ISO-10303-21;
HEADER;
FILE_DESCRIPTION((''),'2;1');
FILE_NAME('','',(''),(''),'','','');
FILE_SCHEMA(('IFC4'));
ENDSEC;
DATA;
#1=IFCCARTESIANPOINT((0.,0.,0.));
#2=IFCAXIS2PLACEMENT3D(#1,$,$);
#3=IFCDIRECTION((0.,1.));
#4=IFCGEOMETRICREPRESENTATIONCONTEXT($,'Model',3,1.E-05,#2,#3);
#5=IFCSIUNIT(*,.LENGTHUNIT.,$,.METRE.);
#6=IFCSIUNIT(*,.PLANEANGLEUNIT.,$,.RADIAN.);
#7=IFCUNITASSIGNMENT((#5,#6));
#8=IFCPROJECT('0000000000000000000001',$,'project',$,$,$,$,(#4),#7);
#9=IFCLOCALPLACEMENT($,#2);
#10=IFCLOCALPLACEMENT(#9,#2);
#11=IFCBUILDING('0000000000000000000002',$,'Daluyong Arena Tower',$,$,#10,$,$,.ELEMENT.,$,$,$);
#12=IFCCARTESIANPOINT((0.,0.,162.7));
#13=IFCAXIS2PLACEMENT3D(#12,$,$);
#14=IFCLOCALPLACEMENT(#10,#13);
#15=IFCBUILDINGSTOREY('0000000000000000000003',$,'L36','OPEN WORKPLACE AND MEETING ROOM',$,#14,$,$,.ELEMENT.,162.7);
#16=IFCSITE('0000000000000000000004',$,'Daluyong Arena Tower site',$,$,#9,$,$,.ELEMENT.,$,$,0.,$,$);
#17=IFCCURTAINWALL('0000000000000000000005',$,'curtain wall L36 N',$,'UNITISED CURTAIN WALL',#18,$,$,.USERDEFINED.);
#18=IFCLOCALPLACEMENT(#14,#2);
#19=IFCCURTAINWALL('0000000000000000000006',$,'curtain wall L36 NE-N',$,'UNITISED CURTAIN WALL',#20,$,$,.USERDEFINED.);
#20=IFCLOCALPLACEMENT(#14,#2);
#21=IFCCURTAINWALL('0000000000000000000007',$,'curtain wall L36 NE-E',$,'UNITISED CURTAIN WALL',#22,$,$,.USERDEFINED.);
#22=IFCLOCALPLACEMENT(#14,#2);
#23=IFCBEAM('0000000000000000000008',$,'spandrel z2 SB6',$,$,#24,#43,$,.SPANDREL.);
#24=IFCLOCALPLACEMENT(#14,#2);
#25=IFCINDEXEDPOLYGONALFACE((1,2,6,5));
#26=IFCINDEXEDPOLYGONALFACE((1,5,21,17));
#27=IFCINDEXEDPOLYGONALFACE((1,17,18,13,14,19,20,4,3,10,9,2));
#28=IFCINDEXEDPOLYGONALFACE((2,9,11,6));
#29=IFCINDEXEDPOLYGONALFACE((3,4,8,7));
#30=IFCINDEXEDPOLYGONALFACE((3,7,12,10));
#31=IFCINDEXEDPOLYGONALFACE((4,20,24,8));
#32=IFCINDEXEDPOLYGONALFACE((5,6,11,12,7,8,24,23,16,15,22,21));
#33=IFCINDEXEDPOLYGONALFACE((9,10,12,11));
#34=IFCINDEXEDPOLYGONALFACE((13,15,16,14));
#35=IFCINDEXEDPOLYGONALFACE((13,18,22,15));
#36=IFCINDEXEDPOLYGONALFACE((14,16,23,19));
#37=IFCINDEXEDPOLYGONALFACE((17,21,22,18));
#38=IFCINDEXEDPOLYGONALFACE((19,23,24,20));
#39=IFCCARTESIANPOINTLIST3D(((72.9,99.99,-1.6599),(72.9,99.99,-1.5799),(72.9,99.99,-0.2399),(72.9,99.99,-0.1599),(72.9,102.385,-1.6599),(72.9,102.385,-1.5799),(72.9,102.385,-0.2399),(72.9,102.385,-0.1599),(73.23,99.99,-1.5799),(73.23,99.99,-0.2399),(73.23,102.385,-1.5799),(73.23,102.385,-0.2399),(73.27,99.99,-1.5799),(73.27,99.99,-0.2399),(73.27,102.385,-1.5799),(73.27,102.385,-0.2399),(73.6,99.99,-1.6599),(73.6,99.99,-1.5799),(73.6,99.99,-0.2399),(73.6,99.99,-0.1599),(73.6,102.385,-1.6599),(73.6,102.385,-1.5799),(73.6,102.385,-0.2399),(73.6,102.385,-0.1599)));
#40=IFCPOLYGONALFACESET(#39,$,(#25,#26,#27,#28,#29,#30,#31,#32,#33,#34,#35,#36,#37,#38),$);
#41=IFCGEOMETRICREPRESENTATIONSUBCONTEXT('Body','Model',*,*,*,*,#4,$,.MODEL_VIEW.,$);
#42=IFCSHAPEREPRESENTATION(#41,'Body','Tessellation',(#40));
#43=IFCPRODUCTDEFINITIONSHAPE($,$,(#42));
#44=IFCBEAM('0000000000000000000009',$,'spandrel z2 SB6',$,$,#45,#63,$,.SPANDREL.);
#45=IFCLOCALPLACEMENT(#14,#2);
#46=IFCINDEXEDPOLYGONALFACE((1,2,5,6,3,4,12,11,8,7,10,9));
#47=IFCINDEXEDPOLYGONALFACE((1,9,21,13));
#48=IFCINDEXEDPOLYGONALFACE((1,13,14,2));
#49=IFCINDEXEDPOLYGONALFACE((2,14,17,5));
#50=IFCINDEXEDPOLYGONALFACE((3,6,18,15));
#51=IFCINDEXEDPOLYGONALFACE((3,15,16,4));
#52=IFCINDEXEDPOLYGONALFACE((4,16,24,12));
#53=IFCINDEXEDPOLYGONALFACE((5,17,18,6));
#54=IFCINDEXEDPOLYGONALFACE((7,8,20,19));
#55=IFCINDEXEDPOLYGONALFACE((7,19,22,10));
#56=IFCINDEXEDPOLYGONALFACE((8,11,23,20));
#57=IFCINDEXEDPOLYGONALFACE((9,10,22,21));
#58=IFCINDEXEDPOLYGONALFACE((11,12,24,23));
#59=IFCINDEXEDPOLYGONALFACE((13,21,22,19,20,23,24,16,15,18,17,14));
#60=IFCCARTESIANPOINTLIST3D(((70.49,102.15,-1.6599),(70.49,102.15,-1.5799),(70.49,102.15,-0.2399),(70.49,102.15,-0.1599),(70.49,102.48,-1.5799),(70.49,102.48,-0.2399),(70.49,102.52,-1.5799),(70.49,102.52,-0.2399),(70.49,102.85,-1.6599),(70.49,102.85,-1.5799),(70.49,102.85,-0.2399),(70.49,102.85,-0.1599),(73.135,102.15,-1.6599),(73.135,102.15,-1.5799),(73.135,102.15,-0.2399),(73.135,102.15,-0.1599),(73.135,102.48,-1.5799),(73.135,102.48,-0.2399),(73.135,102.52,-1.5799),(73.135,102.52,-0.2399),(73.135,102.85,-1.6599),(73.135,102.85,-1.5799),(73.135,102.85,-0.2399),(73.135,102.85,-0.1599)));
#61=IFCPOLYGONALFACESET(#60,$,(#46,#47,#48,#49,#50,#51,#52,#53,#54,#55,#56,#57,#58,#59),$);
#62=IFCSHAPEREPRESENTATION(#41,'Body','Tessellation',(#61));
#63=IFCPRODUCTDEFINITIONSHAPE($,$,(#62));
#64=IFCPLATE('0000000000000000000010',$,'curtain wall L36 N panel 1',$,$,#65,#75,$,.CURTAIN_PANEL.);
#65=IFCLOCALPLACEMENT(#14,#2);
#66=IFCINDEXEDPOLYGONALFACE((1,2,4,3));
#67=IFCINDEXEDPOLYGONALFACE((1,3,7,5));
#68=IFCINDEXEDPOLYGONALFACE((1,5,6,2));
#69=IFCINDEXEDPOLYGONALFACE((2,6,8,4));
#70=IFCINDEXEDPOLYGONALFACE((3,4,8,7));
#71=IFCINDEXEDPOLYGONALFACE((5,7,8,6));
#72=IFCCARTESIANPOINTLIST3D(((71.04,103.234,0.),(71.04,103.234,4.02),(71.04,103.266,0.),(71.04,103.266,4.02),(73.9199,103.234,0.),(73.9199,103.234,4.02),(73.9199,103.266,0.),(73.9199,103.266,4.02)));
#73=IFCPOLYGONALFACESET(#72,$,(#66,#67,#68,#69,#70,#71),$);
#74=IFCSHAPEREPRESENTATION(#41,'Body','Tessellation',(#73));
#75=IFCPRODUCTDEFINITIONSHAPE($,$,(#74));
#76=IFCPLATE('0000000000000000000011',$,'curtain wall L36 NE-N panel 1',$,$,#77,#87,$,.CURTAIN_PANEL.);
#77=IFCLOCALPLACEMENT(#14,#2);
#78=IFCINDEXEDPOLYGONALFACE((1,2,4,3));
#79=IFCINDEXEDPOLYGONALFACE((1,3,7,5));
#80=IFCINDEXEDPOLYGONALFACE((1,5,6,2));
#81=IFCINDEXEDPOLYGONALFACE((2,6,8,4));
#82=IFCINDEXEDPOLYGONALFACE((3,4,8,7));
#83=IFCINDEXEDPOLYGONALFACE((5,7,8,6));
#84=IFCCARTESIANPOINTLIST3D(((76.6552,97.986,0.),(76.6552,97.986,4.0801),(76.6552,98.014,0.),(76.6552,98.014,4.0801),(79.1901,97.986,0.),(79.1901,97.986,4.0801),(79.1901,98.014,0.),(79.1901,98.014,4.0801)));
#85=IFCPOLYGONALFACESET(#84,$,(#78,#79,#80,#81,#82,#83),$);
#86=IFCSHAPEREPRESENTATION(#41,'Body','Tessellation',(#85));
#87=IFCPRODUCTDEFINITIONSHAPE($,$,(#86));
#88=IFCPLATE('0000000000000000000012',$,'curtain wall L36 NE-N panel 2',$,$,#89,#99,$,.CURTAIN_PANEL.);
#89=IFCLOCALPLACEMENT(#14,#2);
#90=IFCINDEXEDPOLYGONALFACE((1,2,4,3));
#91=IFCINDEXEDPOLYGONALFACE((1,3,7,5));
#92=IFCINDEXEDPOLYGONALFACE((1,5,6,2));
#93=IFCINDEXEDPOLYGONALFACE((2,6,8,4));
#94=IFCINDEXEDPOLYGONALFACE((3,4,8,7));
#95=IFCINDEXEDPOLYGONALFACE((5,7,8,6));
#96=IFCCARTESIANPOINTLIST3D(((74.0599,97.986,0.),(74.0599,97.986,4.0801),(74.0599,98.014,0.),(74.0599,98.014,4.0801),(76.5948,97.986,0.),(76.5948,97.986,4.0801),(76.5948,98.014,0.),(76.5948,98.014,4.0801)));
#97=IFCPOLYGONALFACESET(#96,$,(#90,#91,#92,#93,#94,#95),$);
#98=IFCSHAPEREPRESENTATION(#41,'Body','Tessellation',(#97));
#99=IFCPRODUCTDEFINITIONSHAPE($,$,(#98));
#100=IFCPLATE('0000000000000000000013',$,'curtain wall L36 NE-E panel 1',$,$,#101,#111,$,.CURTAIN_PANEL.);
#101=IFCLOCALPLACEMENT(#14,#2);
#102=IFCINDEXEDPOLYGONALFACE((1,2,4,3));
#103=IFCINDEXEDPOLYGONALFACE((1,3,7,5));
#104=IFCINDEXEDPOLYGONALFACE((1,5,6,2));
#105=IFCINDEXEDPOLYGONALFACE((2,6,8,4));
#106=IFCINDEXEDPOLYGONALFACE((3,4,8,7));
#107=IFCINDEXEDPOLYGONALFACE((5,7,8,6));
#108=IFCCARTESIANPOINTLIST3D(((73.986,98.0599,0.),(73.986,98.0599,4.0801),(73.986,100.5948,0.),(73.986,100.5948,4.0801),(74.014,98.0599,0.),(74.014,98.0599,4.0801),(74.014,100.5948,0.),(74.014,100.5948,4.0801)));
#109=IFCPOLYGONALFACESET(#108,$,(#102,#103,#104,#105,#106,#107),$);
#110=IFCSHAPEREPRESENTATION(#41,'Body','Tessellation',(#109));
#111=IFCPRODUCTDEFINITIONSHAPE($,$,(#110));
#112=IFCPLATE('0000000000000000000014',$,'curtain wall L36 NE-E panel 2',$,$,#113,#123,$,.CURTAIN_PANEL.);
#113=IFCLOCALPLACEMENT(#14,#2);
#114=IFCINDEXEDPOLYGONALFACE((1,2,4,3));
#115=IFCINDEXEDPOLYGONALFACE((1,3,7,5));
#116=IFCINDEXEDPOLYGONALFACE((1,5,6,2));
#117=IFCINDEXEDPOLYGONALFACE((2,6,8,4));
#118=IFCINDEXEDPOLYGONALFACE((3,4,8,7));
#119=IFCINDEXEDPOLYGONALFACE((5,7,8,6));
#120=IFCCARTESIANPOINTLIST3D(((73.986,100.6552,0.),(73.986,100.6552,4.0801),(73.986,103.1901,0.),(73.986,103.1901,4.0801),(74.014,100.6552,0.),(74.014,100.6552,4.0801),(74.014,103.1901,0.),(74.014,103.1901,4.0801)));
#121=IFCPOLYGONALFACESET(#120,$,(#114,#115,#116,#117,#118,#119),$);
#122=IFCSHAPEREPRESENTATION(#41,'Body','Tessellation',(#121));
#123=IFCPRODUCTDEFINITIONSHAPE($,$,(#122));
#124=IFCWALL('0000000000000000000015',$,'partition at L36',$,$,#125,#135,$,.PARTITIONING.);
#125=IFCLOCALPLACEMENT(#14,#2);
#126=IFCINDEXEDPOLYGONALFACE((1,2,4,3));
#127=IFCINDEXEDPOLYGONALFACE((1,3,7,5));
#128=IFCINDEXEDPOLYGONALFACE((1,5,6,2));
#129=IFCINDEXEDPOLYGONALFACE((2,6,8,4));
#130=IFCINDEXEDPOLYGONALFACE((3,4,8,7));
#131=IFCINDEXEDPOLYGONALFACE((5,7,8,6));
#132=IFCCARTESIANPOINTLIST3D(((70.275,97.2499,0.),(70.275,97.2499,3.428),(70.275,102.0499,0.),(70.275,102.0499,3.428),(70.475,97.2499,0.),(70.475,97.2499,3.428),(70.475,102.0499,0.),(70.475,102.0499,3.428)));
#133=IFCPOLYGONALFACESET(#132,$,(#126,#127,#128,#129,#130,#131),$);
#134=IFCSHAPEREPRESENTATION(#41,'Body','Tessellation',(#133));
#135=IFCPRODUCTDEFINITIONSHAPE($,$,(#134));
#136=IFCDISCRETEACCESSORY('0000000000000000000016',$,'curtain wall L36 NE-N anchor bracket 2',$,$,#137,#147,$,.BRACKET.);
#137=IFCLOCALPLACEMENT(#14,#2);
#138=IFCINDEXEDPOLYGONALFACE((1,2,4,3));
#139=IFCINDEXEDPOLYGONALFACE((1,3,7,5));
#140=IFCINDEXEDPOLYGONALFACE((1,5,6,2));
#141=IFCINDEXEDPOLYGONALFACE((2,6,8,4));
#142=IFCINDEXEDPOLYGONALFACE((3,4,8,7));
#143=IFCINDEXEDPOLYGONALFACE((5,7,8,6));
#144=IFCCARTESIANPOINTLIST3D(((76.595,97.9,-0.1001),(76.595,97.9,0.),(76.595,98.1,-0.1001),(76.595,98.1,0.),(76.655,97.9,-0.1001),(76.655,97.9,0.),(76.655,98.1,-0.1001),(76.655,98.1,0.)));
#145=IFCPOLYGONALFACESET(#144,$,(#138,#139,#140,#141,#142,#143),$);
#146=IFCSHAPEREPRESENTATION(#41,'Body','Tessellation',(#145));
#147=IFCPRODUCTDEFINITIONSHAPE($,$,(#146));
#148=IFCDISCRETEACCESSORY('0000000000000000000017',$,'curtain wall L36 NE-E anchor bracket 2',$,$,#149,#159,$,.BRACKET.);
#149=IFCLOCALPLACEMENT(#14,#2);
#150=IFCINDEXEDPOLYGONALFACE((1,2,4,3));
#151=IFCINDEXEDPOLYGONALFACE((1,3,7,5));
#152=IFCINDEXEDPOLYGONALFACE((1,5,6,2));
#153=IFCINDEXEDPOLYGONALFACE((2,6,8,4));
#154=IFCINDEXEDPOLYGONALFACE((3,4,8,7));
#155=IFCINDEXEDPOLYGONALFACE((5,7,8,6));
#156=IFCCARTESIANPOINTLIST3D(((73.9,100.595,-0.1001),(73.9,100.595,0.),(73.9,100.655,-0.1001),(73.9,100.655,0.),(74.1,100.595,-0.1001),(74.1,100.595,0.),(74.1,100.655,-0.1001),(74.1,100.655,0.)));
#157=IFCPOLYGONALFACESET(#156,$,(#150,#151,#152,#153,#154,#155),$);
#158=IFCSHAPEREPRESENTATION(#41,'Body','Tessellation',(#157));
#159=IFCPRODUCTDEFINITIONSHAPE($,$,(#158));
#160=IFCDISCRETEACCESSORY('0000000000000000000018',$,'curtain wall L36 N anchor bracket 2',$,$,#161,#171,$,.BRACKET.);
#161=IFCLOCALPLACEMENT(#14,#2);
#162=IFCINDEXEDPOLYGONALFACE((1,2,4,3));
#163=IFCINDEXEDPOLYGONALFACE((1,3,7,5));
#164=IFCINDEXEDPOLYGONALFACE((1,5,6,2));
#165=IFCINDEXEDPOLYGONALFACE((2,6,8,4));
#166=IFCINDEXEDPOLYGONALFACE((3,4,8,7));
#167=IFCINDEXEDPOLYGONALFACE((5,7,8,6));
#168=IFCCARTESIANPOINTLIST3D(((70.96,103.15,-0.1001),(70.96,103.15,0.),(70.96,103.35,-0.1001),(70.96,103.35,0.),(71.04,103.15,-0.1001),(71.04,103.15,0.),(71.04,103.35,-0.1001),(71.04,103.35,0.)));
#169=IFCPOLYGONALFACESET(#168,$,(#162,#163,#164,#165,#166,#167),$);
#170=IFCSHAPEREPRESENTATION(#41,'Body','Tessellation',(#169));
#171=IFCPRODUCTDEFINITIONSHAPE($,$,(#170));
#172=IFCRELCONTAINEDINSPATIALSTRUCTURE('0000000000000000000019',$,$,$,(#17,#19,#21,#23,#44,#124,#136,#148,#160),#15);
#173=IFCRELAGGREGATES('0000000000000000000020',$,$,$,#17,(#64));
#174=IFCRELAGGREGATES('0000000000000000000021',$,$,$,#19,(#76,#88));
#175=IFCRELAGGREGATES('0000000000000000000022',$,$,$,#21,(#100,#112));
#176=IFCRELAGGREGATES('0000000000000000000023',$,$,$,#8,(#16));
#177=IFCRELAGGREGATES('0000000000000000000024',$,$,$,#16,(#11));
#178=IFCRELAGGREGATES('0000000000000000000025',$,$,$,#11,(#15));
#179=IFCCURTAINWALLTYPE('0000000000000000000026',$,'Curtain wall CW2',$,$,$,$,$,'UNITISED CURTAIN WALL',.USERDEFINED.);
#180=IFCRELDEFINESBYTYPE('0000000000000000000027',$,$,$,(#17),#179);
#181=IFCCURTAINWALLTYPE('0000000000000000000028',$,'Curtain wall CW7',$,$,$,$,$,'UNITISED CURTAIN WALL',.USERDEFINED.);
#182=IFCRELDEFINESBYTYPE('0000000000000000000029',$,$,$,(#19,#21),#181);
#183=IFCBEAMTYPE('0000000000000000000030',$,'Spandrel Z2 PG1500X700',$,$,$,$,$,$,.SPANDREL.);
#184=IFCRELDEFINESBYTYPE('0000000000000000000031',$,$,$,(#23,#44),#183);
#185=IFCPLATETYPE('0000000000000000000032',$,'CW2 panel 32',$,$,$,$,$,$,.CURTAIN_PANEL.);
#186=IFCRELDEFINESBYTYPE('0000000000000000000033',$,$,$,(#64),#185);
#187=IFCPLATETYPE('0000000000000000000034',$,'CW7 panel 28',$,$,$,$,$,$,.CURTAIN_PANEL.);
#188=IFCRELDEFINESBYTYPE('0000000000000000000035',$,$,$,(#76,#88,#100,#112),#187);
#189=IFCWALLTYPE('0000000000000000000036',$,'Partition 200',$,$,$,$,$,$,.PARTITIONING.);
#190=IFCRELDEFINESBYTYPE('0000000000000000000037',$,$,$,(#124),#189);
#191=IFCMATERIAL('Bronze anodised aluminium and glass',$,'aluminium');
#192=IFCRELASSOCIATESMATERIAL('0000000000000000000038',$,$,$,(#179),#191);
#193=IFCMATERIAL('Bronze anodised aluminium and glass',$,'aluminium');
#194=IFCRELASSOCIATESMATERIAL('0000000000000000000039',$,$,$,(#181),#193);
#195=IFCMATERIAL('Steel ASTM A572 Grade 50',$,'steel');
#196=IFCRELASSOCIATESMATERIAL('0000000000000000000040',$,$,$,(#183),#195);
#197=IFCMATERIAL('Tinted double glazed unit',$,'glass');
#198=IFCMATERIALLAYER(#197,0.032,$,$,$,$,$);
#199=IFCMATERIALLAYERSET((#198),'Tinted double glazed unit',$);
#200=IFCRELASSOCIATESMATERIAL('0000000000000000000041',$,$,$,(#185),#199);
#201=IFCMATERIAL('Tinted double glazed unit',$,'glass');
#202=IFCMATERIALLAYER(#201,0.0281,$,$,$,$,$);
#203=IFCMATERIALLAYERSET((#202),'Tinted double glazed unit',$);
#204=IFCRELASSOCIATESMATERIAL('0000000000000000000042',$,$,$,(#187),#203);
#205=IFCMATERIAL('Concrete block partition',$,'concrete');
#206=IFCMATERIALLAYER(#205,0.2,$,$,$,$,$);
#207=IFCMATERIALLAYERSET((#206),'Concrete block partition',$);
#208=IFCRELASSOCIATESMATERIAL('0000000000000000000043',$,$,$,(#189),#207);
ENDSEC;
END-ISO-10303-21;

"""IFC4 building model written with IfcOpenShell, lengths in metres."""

from ifc_helpers import new_model, si_unit, direction, frame, frame_2d, origin, origin_2d, place, context, subcontext, project, spatial, rectangle, i_section, extrude, material, layer, layer_set, material_profile, profile_set, type_object, element, aggregate, save


model = new_model("IFC4")

# Units and contexts
model_context = context("Model", 3, precision=1e-05, world=origin(), true_north=direction((0.0, 1.0)))
body_context = subcontext(model_context, "Body", "Model", "MODEL_VIEW")
ifc_project = project(units=[si_unit("LENGTHUNIT", "METRE"), si_unit("PLANEANGLEUNIT", "RADIAN")], contexts=[model_context])

# Site, building, storey
site_placement = place(None, origin())
site = spatial("IfcSite", under=ifc_project, at=site_placement, Name="Daluyong Arena Tower site", CompositionType="ELEMENT", RefElevation=0.0)
building_placement = place(site_placement, origin())
building = spatial("IfcBuilding", under=site, at=building_placement, Name="Daluyong Arena Tower", CompositionType="ELEMENT")
storey_placement = place(building_placement, frame((0.0, 0.0, 162.7)))
storey = spatial("IfcBuildingStorey", under=building, at=storey_placement, Name="L36", Description="OPEN WORKPLACE AND MEETING ROOM", CompositionType="ELEMENT", Elevation=162.7)

# Shared definitions
ifc_material_1 = material(Name="Bronze anodised aluminium and glass", Category="aluminium")
curtain_wall_type_1 = type_object("IfcCurtainWallType", Name="Curtain wall CW2", ElementType="UNITISED CURTAIN WALL", PredefinedType="USERDEFINED", material=ifc_material_1)

# Curtain walls
curtain_wall_1_placement = place(storey_placement, origin())
curtain_wall_1 = element("IfcCurtainWall", 1, at=curtain_wall_1_placement, inside=storey, type_object=curtain_wall_type_1, Name="curtain wall L36 N", ObjectType="UNITISED CURTAIN WALL", PredefinedType="USERDEFINED")
ifc_material_2 = material(Name="Bronze anodised aluminium and glass", Category="aluminium")
curtain_wall_type_2 = type_object("IfcCurtainWallType", Name="Curtain wall CW7", ElementType="UNITISED CURTAIN WALL", PredefinedType="USERDEFINED", material=ifc_material_2)
curtain_wall_2_placement = place(storey_placement, origin())
curtain_wall_2 = element("IfcCurtainWall", 2, at=curtain_wall_2_placement, inside=storey, type_object=curtain_wall_type_2, Name="curtain wall L36 NE-N", ObjectType="UNITISED CURTAIN WALL", PredefinedType="USERDEFINED")
curtain_wall_3_placement = place(storey_placement, origin())
curtain_wall_3 = element("IfcCurtainWall", 3, at=curtain_wall_3_placement, inside=storey, type_object=curtain_wall_type_2, Name="curtain wall L36 NE-E", ObjectType="UNITISED CURTAIN WALL", PredefinedType="USERDEFINED")

# Beams
ifc_material_3 = material(Name="Steel ASTM A572 Grade 50", Category="steel")
ifc_material_profile_1 = material_profile(ifc_material_3, i_section(OverallWidth=0.7, OverallDepth=1.5, WebThickness=0.04, FlangeThickness=0.08, at=origin_2d()))
ifc_profile_set_1 = profile_set([ifc_material_profile_1], Name="Steel ASTM A572 Grade 50")
beam_type_1 = type_object("IfcBeamType", Name="Spandrel Z2 PG1500X700", PredefinedType="SPANDREL", material=ifc_profile_set_1)
for number, where, z_axis, x_axis, name in (
    (4, (73.25, 99.99, -0.9099), (0.0, 1.0, 0.0), (-1.0, 0.0, 0.0), "spandrel z2 SB6"),
):
    element("IfcBeam", number, at=place(storey_placement, frame(where, z_axis=z_axis, x_axis=x_axis)), inside=storey, type_object=beam_type_1, Name=name, PredefinedType="SPANDREL", context=body_context, shape_type="SweptSolid", body=[
        extrude(i_section(OverallWidth=0.7, OverallDepth=1.5, WebThickness=0.04, FlangeThickness=0.08, at=origin_2d()), origin(), (0.0, 0.0, 1.0), 2.395),
    ])
beam_1_placement = place(storey_placement, frame((73.135, 102.5, -0.9099), z_axis=(-1.0, 0.0, 0.0), x_axis=(0.0, -1.0, 0.0)))
element("IfcBeam", 5, at=beam_1_placement, inside=storey, type_object=beam_type_1, Name="spandrel z2 SB6", PredefinedType="SPANDREL", context=body_context, shape_type="SweptSolid", body=[
    extrude(i_section(OverallWidth=0.7, OverallDepth=1.5, WebThickness=0.04, FlangeThickness=0.08, at=origin_2d()), origin(), (0.0, 0.0, 1.0), 2.645),
])

# Plates
ifc_material_4 = material(Name="Tinted double glazed unit", Category="glass")
ifc_layer_1 = layer(ifc_material_4, 0.032)
ifc_layer_set_1 = layer_set([ifc_layer_1], Name="Tinted double glazed unit")
plate_type_1 = type_object("IfcPlateType", Name="CW2 panel 32", PredefinedType="CURTAIN_PANEL", material=ifc_layer_set_1)
plate_1_placement = place(storey_placement, frame((72.48, 103.25, 0.0), z_axis=(0.0, 0.0, 1.0), x_axis=(-1.0, 0.0, 0.0)))
plate_1 = element("IfcPlate", 6, at=plate_1_placement, type_object=plate_type_1, Name="curtain wall L36 N panel 1", PredefinedType="CURTAIN_PANEL", context=body_context, shape_type="SweptSolid", body=[
    extrude(rectangle(XDim=2.8799, YDim=0.032, at=origin_2d()), origin(), (0.0, 0.0, 1.0), 4.02),
])
aggregate(curtain_wall_1, [plate_1])
ifc_material_5 = material(Name="Tinted double glazed unit", Category="glass")
ifc_layer_2 = layer(ifc_material_5, 0.0281)
ifc_layer_set_2 = layer_set([ifc_layer_2], Name="Tinted double glazed unit")
plate_type_2 = type_object("IfcPlateType", Name="CW7 panel 28", PredefinedType="CURTAIN_PANEL", material=ifc_layer_set_2)
plate_2_placement = place(storey_placement, frame((77.9226, 98.0, 0.0), z_axis=(0.0, 0.0, 1.0), x_axis=(-1.0, 0.0, 0.0)))
plate_2 = element("IfcPlate", 7, at=plate_2_placement, type_object=plate_type_2, Name="curtain wall L36 NE-N panel 1", PredefinedType="CURTAIN_PANEL", context=body_context, shape_type="SweptSolid", body=[
    extrude(rectangle(XDim=2.5349, YDim=0.0281, at=origin_2d()), origin(), (0.0, 0.0, 1.0), 4.0801),
])
plate_3_placement = place(storey_placement, frame((75.3274, 98.0, 0.0), z_axis=(0.0, 0.0, 1.0), x_axis=(-1.0, 0.0, 0.0)))
plate_3 = element("IfcPlate", 8, at=plate_3_placement, type_object=plate_type_2, Name="curtain wall L36 NE-N panel 2", PredefinedType="CURTAIN_PANEL", context=body_context, shape_type="SweptSolid", body=[
    extrude(rectangle(XDim=2.5349, YDim=0.0281, at=origin_2d()), origin(), (0.0, 0.0, 1.0), 4.0801),
])
aggregate(curtain_wall_2, [plate_2, plate_3])
plate_4_placement = place(storey_placement, frame((74.0, 99.3274, 0.0), z_axis=(0.0, 0.0, 1.0), x_axis=(0.0, 1.0, 0.0)))
plate_4 = element("IfcPlate", 9, at=plate_4_placement, type_object=plate_type_2, Name="curtain wall L36 NE-E panel 1", PredefinedType="CURTAIN_PANEL", context=body_context, shape_type="SweptSolid", body=[
    extrude(rectangle(XDim=2.5349, YDim=0.0281, at=origin_2d()), origin(), (0.0, 0.0, 1.0), 4.0801),
])
plate_5_placement = place(storey_placement, frame((74.0, 101.9226, 0.0), z_axis=(0.0, 0.0, 1.0), x_axis=(0.0, 1.0, 0.0)))
plate_5 = element("IfcPlate", 10, at=plate_5_placement, type_object=plate_type_2, Name="curtain wall L36 NE-E panel 2", PredefinedType="CURTAIN_PANEL", context=body_context, shape_type="SweptSolid", body=[
    extrude(rectangle(XDim=2.5349, YDim=0.0281, at=origin_2d()), origin(), (0.0, 0.0, 1.0), 4.0801),
])
aggregate(curtain_wall_3, [plate_4, plate_5])

# Wall
ifc_material_6 = material(Name="Concrete block partition", Category="concrete")
ifc_layer_3 = layer(ifc_material_6, 0.2)
ifc_layer_set_3 = layer_set([ifc_layer_3], Name="Concrete block partition")
wall_type = type_object("IfcWallType", Name="Partition 200", PredefinedType="PARTITIONING", material=ifc_layer_set_3)
wall_placement = place(storey_placement, frame((70.375, 97.25, 0.0), z_axis=(0.0, 0.0, 1.0), x_axis=(0.0, 1.0, 0.0)))
element("IfcWall", 11, at=wall_placement, inside=storey, type_object=wall_type, Name="partition at L36", PredefinedType="PARTITIONING", context=body_context, shape_type="SweptSolid", body=[
    extrude(rectangle(XDim=4.8, YDim=0.2, at=frame_2d((2.3999, 0.0))), origin(), (0.0, 0.0, 1.0), 3.428),
])

# Discrete accessories
for number, where, z_axis, x_axis, name in (
    (12, (76.625, 98.0, -0.1001), (0.0, 0.0, 1.0), (-1.0, 0.0, 0.0), "curtain wall L36 NE-N anchor bracket 2"),
    (13, (74.0, 100.625, -0.1001), (0.0, 0.0, 1.0), (0.0, 1.0, 0.0), "curtain wall L36 NE-E anchor bracket 2"),
):
    element("IfcDiscreteAccessory", number, at=place(storey_placement, frame(where, z_axis=z_axis, x_axis=x_axis)), inside=storey, Name=name, PredefinedType="BRACKET", context=body_context, shape_type="SweptSolid", body=[
        extrude(rectangle(XDim=0.0601, YDim=0.2, at=origin_2d()), origin(), (0.0, 0.0, 1.0), 0.1001),
    ])
discrete_accessory_placement = place(storey_placement, frame((71.0, 103.25, -0.1001), z_axis=(0.0, 0.0, 1.0), x_axis=(-1.0, 0.0, 0.0)))
element("IfcDiscreteAccessory", 14, at=discrete_accessory_placement, inside=storey, Name="curtain wall L36 N anchor bracket 2", PredefinedType="BRACKET", context=body_context, shape_type="SweptSolid", body=[
    extrude(rectangle(XDim=0.0801, YDim=0.2, at=origin_2d()), origin(), (0.0, 0.0, 1.0), 0.1001),
])

save(model, "model.ifc")
